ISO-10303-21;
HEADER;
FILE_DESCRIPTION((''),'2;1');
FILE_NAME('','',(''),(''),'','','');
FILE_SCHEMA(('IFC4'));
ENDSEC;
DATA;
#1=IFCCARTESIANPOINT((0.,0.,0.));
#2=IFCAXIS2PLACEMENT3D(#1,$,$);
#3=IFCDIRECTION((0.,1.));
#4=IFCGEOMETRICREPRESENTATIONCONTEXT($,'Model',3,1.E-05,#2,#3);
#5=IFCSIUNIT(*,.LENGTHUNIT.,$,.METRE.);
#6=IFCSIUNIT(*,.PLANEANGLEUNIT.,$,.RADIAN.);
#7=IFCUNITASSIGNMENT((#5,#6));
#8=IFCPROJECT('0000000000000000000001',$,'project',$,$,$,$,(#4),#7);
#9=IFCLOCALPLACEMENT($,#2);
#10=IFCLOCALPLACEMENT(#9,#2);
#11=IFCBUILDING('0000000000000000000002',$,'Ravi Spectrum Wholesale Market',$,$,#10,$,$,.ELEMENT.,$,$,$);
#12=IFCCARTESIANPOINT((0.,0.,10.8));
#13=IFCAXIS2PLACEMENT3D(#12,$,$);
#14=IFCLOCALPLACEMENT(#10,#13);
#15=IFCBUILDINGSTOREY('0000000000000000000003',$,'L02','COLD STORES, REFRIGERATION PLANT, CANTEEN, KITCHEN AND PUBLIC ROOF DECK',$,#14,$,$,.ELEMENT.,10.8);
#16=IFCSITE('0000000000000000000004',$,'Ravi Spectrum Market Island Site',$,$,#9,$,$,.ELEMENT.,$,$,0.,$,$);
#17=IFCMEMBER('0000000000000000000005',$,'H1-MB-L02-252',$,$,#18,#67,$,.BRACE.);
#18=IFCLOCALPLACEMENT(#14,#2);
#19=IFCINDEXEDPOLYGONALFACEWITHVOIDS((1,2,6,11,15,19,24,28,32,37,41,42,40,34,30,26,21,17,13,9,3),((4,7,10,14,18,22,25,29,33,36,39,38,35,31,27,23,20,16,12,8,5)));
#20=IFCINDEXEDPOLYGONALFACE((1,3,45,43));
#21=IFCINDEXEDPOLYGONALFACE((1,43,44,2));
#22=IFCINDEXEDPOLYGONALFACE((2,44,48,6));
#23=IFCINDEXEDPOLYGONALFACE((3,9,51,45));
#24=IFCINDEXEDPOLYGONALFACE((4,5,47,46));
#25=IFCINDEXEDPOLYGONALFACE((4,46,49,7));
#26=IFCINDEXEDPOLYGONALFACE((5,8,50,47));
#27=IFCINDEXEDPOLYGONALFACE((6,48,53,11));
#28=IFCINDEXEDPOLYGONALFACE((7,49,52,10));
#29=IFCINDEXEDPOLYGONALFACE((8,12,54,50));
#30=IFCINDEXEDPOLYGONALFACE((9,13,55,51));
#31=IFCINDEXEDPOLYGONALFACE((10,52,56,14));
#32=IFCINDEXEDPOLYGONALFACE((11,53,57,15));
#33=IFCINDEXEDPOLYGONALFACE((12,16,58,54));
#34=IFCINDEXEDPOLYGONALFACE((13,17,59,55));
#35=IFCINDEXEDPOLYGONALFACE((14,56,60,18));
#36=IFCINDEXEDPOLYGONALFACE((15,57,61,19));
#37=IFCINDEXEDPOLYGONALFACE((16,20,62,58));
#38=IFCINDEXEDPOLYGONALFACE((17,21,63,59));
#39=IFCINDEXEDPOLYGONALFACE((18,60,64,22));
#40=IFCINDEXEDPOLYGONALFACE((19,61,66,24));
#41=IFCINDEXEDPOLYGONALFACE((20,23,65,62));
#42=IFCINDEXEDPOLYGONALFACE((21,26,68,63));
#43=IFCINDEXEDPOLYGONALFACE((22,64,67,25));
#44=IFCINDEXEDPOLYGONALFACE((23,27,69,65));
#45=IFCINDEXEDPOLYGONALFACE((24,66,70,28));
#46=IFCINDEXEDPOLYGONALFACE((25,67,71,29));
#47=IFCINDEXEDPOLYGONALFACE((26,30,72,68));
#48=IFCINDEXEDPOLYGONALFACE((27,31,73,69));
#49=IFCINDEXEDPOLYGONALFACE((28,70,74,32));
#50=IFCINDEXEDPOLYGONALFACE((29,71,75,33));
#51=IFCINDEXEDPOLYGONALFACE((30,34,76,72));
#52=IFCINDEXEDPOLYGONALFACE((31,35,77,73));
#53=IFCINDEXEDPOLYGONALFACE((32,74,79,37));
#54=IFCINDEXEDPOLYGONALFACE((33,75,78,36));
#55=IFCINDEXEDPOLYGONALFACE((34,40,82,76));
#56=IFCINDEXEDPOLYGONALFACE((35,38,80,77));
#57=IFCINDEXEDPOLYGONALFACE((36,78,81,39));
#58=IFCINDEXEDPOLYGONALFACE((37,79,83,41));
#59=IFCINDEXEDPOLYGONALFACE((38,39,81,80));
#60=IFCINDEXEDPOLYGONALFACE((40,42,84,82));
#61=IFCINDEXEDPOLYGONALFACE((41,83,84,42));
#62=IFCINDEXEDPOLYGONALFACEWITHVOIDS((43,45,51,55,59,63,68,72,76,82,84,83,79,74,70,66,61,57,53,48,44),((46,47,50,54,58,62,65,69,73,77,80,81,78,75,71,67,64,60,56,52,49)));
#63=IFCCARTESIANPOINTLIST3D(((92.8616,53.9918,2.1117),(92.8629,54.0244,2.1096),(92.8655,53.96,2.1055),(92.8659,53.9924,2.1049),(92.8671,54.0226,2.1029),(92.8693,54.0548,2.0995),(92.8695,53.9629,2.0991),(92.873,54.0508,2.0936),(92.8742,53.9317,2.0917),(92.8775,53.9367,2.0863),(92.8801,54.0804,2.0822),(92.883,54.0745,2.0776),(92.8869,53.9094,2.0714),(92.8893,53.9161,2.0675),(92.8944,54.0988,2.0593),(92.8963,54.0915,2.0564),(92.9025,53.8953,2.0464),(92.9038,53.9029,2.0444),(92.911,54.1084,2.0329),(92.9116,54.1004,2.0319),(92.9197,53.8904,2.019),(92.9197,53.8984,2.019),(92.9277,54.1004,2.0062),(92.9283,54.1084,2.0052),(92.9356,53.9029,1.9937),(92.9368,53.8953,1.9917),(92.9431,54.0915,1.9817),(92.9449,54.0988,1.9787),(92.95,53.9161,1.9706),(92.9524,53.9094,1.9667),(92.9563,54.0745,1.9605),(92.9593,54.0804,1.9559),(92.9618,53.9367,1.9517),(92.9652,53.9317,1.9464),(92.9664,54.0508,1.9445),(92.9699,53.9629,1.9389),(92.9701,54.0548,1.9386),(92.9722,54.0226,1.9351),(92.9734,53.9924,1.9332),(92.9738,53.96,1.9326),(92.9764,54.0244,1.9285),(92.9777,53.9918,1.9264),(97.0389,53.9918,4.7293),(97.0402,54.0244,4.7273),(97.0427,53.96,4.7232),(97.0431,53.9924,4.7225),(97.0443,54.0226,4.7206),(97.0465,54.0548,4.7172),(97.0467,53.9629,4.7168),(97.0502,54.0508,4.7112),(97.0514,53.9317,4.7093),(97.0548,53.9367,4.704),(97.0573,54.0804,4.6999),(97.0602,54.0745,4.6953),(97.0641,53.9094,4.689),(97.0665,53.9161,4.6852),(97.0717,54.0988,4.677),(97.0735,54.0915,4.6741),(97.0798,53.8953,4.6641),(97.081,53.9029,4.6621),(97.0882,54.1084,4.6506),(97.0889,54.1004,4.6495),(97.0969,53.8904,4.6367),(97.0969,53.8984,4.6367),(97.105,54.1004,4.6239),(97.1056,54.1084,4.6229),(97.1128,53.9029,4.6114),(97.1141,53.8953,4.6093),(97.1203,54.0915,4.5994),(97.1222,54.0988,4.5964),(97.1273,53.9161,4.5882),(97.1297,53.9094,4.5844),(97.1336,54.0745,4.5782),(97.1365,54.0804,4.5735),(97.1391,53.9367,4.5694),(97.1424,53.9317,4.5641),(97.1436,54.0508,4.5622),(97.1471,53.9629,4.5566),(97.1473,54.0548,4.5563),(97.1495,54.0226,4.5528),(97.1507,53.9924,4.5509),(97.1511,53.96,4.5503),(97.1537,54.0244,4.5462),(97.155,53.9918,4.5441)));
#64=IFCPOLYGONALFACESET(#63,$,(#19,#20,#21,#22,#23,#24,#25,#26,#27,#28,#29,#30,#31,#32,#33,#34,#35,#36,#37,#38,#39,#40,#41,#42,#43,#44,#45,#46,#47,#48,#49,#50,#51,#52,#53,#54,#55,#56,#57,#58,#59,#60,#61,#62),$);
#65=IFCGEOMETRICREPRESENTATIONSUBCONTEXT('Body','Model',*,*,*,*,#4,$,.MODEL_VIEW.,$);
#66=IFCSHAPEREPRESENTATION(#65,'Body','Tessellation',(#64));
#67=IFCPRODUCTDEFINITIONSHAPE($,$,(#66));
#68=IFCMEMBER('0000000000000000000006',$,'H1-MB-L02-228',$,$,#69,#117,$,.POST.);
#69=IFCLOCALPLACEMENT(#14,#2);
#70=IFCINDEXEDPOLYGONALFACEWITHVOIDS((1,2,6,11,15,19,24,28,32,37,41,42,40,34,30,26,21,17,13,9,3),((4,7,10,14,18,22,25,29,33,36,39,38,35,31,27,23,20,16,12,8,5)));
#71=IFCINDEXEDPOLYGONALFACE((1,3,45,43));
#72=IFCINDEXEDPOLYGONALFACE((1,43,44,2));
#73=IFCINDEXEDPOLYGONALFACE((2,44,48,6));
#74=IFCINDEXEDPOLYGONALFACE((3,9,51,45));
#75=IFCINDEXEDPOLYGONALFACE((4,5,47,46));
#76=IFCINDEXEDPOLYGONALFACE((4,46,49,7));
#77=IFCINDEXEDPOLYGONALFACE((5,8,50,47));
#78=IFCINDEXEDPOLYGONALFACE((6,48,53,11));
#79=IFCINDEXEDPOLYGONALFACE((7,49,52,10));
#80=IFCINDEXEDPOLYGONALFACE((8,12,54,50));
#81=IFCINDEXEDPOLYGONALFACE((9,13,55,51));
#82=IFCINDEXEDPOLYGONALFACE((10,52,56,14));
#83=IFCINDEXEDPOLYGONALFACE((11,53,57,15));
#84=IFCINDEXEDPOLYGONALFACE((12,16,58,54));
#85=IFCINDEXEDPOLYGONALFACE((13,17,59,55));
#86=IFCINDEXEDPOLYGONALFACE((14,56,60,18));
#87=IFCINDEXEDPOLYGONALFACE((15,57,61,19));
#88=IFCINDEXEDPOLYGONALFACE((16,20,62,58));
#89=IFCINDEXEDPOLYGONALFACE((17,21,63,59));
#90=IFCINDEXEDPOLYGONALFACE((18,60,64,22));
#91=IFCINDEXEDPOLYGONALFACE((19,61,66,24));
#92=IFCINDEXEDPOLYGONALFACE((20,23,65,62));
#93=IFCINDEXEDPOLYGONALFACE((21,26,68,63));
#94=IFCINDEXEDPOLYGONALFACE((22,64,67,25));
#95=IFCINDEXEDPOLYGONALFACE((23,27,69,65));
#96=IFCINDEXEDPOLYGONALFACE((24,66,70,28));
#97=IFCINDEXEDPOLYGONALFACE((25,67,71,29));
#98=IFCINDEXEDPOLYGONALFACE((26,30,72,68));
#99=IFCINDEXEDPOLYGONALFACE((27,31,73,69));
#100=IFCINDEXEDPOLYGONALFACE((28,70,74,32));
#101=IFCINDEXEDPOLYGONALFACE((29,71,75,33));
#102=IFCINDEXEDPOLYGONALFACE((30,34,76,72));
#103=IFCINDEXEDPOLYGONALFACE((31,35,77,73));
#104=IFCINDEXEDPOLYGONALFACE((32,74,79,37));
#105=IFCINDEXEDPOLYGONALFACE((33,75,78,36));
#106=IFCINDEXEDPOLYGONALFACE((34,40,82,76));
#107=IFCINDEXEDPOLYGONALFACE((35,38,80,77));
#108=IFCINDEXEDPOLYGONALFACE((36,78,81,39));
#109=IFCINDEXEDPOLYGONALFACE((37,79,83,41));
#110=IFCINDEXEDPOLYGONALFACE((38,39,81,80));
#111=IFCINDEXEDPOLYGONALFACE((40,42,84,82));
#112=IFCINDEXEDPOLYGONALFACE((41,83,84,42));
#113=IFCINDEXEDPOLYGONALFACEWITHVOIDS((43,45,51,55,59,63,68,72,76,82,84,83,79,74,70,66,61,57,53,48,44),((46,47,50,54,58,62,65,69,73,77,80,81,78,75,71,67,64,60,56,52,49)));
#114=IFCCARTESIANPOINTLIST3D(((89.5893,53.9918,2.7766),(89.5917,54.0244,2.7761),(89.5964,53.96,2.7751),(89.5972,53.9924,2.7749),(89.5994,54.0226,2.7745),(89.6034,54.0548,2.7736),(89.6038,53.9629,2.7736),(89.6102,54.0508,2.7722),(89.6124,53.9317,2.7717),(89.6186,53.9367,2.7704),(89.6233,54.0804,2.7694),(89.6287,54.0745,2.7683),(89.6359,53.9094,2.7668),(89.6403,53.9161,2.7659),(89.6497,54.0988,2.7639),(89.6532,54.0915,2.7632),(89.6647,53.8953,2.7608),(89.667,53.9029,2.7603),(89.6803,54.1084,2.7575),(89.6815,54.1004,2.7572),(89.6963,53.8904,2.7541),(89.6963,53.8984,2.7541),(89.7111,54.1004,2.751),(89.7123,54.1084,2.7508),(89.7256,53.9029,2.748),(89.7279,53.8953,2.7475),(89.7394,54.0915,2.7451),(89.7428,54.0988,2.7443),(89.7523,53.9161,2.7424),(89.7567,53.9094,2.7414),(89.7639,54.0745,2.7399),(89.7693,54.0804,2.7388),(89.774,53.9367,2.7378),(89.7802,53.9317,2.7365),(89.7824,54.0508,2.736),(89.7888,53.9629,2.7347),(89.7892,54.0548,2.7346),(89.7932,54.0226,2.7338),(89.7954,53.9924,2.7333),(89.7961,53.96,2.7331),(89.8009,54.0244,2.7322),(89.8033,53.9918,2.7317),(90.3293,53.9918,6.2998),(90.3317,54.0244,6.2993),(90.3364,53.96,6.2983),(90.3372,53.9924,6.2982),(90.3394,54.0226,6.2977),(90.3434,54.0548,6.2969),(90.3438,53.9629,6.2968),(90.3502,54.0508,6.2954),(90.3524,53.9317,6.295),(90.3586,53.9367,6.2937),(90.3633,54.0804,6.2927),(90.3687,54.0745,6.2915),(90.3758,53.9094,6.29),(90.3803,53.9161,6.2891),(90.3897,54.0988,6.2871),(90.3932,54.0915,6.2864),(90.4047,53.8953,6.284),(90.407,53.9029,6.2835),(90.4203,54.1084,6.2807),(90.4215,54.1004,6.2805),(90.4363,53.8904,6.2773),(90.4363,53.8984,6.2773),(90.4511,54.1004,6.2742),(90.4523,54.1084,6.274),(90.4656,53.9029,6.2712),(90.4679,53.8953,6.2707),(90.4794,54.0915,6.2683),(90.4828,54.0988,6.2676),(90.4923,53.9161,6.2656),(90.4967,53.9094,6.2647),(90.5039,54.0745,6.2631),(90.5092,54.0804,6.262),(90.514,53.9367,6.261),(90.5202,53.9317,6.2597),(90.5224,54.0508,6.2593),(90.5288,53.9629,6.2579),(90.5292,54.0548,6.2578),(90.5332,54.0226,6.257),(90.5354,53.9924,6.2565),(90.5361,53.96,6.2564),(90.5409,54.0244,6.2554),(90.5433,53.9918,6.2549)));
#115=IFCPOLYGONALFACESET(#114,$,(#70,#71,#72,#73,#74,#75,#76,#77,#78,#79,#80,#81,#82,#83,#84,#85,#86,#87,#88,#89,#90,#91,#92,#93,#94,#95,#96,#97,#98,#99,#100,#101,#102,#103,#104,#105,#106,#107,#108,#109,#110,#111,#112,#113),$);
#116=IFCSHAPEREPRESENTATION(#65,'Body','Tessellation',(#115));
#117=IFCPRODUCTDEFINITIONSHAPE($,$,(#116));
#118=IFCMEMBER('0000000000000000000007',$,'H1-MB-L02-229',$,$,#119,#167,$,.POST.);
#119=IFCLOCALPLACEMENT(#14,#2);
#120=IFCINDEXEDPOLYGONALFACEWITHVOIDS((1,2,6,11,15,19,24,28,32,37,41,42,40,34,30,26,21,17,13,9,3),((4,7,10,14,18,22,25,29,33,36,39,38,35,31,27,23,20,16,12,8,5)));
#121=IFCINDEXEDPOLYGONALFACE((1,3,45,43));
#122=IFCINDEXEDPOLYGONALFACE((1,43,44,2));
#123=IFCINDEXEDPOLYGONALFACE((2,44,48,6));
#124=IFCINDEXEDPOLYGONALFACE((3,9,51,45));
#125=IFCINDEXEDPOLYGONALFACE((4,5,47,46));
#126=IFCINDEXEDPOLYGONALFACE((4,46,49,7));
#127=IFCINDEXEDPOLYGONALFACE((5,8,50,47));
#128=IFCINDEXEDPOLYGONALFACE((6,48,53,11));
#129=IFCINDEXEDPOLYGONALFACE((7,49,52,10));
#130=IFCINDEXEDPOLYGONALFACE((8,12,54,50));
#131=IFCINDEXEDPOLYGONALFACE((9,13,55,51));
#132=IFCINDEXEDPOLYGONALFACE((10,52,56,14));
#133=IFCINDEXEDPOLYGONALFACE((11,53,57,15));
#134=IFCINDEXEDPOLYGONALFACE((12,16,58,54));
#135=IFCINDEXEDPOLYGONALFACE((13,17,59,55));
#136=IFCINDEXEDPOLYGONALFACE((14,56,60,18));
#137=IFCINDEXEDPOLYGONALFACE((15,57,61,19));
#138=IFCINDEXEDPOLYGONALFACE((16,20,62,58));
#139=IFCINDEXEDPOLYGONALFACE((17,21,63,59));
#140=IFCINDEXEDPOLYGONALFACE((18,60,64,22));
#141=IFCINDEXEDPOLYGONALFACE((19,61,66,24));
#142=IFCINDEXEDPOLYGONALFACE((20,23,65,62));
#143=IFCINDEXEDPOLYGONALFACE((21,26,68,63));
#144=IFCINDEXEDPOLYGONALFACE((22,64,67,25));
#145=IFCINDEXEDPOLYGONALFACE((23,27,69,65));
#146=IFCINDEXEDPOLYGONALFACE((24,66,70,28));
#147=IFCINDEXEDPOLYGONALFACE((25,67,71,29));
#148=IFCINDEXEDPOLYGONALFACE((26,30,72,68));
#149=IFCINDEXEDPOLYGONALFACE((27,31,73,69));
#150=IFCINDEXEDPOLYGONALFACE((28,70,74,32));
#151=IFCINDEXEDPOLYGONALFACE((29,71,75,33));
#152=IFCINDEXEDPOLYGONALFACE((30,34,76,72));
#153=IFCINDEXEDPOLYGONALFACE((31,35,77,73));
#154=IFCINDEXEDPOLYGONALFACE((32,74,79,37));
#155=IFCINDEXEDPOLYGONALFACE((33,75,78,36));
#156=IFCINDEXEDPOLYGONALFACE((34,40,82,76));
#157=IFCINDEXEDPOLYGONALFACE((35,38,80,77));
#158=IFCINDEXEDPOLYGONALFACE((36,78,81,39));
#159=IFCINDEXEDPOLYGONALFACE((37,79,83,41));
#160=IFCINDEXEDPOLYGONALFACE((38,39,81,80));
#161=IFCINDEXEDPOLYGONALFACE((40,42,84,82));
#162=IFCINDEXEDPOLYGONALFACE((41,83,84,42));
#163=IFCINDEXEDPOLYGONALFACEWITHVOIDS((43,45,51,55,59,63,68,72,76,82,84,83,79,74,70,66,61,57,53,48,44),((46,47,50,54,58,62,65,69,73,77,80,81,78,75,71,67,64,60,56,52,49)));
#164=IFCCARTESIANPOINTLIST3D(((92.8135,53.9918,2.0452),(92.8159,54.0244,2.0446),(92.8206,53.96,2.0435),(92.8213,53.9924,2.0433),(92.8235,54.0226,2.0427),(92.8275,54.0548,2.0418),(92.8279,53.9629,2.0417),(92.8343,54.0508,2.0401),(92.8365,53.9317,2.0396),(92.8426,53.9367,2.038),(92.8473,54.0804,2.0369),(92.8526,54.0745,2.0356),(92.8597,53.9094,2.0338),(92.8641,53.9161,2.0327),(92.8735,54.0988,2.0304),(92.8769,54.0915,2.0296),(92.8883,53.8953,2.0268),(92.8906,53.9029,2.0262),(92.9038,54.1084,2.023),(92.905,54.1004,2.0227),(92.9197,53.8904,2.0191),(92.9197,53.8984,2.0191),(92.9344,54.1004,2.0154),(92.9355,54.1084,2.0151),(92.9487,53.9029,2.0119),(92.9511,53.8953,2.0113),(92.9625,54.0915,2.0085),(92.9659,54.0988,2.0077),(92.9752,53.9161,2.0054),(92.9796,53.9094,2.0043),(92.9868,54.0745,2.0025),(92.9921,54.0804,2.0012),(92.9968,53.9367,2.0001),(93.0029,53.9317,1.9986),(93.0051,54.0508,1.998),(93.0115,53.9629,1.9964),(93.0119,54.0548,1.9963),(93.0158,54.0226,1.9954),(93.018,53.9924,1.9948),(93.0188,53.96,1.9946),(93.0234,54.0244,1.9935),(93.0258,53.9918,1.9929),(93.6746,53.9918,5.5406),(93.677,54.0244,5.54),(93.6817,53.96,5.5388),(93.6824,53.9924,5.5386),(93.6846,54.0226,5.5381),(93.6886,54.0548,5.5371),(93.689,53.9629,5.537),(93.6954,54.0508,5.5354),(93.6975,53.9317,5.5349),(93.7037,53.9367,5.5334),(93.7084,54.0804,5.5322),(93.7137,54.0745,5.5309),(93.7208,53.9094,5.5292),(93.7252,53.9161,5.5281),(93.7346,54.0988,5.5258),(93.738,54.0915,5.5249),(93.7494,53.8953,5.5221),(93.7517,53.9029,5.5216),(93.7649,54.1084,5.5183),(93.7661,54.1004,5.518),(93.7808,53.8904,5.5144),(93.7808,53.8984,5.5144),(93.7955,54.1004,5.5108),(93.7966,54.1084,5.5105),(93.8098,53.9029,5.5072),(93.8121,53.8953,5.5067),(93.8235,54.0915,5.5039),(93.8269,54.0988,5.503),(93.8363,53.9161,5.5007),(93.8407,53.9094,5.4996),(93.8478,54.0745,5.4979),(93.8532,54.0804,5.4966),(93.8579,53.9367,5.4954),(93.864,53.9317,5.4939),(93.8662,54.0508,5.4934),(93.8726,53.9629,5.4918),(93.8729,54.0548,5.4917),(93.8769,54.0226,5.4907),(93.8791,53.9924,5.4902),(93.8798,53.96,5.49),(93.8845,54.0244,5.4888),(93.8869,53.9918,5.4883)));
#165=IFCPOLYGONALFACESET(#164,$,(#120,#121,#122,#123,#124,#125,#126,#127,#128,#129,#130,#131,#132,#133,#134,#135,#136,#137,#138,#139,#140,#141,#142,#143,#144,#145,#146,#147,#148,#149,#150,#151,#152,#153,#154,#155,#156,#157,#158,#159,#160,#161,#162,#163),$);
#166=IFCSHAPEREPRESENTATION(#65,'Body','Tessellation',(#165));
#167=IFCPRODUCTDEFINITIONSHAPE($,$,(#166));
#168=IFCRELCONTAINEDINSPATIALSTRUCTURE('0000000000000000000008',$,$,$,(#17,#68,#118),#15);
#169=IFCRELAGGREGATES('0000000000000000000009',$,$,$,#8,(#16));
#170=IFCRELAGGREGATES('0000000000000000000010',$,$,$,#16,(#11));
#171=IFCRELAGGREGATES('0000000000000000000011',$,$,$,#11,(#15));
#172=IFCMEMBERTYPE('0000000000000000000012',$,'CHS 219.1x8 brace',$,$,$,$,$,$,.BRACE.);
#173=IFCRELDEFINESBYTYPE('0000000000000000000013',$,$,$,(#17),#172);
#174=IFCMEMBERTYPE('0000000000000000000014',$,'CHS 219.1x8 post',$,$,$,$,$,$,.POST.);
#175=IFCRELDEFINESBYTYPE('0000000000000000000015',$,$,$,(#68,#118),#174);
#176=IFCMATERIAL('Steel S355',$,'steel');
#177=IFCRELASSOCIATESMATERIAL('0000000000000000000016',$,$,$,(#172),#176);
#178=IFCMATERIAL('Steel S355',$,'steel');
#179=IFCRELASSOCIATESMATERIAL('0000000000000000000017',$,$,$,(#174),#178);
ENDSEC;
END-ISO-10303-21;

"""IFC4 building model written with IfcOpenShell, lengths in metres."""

from ifc_helpers import new_model, si_unit, direction, frame, origin, origin_2d, place, context, subcontext, project, spatial, hollow_circle, extrude, material, material_profile, profile_set, type_object, element, save


model = new_model("IFC4")

# Units and contexts
model_context = context("Model", 3, precision=1e-05, world=origin(), true_north=direction((0.0, 1.0)))
body_context = subcontext(model_context, "Body", "Model", "MODEL_VIEW")
ifc_project = project(units=[si_unit("LENGTHUNIT", "METRE"), si_unit("PLANEANGLEUNIT", "RADIAN")], contexts=[model_context])

# Site, building, storey
site_placement = place(None, origin())
site = spatial("IfcSite", under=ifc_project, at=site_placement, Name="Ravi Spectrum Market Island Site", CompositionType="ELEMENT", RefElevation=0.0)
building_placement = place(site_placement, origin())
building = spatial("IfcBuilding", under=site, at=building_placement, Name="Ravi Spectrum Wholesale Market", CompositionType="ELEMENT")
storey_placement = place(building_placement, frame((0.0, 0.0, 10.8)))
storey = spatial("IfcBuildingStorey", under=building, at=storey_placement, Name="L02", Description="COLD STORES, REFRIGERATION PLANT, CANTEEN, KITCHEN AND PUBLIC ROOF DECK", CompositionType="ELEMENT", Elevation=10.8)

# Members
ifc_material_1 = material(Name="Steel S355", Category="steel")
ifc_material_profile_1 = material_profile(ifc_material_1, hollow_circle(Radius=0.1096, WallThickness=0.0081, at=origin_2d()))
ifc_profile_set_1 = profile_set([ifc_material_profile_1], Name="Steel S355")
member_type_1 = type_object("IfcMemberType", Name="CHS 219.1x8 brace", PredefinedType="BRACE", material=ifc_profile_set_1)
for number, where, z_axis, x_axis, name in (
    (1, (97.0969, 54.0, 4.6367), (-0.847369, 0.0, -0.531005), (0.0, -1.0, 0.0), "H1-MB-L02-252"),
):
    element("IfcMember", number, at=place(storey_placement, frame(where, z_axis=z_axis, x_axis=x_axis)), inside=storey, type_object=member_type_1, Name=name, PredefinedType="BRACE", context=body_context, shape_type="SweptSolid", body=[
        extrude(hollow_circle(Radius=0.1096, WallThickness=0.0081, at=origin_2d()), origin(), (0.0, 0.0, 1.0), 4.9297),
    ])
ifc_material_2 = material(Name="Steel S355", Category="steel")
ifc_material_profile_2 = material_profile(ifc_material_2, hollow_circle(Radius=0.1096, WallThickness=0.0081, at=origin_2d()))
ifc_profile_set_2 = profile_set([ifc_material_profile_2], Name="Steel S355")
member_type_2 = type_object("IfcMemberType", Name="CHS 219.1x8 post", PredefinedType="POST", material=ifc_profile_set_2)
member_1_placement = place(storey_placement, frame((90.4363, 54.0, 6.2773), z_axis=(-0.205549, 0.0, -0.978647), x_axis=(0.0, -1.0, 0.0)))
element("IfcMember", 2, at=member_1_placement, inside=storey, type_object=member_type_2, Name="H1-MB-L02-228", PredefinedType="POST", context=body_context, shape_type="SweptSolid", body=[
    extrude(hollow_circle(Radius=0.1096, WallThickness=0.0081, at=origin_2d()), origin(), (0.0, 0.0, 1.0), 3.6001),
])
for number, where, z_axis, x_axis, name in (
    (3, (93.7808, 54.0, 5.5144), (-0.239199, 0.0, -0.970971), (0.0, -1.0, 0.0), "H1-MB-L02-229"),
):
    element("IfcMember", number, at=place(storey_placement, frame(where, z_axis=z_axis, x_axis=x_axis)), inside=storey, type_object=member_type_2, Name=name, PredefinedType="POST", context=body_context, shape_type="SweptSolid", body=[
        extrude(hollow_circle(Radius=0.1096, WallThickness=0.0081, at=origin_2d()), origin(), (0.0, 0.0, 1.0), 3.5999),
    ])

save(model, "model.ifc")
